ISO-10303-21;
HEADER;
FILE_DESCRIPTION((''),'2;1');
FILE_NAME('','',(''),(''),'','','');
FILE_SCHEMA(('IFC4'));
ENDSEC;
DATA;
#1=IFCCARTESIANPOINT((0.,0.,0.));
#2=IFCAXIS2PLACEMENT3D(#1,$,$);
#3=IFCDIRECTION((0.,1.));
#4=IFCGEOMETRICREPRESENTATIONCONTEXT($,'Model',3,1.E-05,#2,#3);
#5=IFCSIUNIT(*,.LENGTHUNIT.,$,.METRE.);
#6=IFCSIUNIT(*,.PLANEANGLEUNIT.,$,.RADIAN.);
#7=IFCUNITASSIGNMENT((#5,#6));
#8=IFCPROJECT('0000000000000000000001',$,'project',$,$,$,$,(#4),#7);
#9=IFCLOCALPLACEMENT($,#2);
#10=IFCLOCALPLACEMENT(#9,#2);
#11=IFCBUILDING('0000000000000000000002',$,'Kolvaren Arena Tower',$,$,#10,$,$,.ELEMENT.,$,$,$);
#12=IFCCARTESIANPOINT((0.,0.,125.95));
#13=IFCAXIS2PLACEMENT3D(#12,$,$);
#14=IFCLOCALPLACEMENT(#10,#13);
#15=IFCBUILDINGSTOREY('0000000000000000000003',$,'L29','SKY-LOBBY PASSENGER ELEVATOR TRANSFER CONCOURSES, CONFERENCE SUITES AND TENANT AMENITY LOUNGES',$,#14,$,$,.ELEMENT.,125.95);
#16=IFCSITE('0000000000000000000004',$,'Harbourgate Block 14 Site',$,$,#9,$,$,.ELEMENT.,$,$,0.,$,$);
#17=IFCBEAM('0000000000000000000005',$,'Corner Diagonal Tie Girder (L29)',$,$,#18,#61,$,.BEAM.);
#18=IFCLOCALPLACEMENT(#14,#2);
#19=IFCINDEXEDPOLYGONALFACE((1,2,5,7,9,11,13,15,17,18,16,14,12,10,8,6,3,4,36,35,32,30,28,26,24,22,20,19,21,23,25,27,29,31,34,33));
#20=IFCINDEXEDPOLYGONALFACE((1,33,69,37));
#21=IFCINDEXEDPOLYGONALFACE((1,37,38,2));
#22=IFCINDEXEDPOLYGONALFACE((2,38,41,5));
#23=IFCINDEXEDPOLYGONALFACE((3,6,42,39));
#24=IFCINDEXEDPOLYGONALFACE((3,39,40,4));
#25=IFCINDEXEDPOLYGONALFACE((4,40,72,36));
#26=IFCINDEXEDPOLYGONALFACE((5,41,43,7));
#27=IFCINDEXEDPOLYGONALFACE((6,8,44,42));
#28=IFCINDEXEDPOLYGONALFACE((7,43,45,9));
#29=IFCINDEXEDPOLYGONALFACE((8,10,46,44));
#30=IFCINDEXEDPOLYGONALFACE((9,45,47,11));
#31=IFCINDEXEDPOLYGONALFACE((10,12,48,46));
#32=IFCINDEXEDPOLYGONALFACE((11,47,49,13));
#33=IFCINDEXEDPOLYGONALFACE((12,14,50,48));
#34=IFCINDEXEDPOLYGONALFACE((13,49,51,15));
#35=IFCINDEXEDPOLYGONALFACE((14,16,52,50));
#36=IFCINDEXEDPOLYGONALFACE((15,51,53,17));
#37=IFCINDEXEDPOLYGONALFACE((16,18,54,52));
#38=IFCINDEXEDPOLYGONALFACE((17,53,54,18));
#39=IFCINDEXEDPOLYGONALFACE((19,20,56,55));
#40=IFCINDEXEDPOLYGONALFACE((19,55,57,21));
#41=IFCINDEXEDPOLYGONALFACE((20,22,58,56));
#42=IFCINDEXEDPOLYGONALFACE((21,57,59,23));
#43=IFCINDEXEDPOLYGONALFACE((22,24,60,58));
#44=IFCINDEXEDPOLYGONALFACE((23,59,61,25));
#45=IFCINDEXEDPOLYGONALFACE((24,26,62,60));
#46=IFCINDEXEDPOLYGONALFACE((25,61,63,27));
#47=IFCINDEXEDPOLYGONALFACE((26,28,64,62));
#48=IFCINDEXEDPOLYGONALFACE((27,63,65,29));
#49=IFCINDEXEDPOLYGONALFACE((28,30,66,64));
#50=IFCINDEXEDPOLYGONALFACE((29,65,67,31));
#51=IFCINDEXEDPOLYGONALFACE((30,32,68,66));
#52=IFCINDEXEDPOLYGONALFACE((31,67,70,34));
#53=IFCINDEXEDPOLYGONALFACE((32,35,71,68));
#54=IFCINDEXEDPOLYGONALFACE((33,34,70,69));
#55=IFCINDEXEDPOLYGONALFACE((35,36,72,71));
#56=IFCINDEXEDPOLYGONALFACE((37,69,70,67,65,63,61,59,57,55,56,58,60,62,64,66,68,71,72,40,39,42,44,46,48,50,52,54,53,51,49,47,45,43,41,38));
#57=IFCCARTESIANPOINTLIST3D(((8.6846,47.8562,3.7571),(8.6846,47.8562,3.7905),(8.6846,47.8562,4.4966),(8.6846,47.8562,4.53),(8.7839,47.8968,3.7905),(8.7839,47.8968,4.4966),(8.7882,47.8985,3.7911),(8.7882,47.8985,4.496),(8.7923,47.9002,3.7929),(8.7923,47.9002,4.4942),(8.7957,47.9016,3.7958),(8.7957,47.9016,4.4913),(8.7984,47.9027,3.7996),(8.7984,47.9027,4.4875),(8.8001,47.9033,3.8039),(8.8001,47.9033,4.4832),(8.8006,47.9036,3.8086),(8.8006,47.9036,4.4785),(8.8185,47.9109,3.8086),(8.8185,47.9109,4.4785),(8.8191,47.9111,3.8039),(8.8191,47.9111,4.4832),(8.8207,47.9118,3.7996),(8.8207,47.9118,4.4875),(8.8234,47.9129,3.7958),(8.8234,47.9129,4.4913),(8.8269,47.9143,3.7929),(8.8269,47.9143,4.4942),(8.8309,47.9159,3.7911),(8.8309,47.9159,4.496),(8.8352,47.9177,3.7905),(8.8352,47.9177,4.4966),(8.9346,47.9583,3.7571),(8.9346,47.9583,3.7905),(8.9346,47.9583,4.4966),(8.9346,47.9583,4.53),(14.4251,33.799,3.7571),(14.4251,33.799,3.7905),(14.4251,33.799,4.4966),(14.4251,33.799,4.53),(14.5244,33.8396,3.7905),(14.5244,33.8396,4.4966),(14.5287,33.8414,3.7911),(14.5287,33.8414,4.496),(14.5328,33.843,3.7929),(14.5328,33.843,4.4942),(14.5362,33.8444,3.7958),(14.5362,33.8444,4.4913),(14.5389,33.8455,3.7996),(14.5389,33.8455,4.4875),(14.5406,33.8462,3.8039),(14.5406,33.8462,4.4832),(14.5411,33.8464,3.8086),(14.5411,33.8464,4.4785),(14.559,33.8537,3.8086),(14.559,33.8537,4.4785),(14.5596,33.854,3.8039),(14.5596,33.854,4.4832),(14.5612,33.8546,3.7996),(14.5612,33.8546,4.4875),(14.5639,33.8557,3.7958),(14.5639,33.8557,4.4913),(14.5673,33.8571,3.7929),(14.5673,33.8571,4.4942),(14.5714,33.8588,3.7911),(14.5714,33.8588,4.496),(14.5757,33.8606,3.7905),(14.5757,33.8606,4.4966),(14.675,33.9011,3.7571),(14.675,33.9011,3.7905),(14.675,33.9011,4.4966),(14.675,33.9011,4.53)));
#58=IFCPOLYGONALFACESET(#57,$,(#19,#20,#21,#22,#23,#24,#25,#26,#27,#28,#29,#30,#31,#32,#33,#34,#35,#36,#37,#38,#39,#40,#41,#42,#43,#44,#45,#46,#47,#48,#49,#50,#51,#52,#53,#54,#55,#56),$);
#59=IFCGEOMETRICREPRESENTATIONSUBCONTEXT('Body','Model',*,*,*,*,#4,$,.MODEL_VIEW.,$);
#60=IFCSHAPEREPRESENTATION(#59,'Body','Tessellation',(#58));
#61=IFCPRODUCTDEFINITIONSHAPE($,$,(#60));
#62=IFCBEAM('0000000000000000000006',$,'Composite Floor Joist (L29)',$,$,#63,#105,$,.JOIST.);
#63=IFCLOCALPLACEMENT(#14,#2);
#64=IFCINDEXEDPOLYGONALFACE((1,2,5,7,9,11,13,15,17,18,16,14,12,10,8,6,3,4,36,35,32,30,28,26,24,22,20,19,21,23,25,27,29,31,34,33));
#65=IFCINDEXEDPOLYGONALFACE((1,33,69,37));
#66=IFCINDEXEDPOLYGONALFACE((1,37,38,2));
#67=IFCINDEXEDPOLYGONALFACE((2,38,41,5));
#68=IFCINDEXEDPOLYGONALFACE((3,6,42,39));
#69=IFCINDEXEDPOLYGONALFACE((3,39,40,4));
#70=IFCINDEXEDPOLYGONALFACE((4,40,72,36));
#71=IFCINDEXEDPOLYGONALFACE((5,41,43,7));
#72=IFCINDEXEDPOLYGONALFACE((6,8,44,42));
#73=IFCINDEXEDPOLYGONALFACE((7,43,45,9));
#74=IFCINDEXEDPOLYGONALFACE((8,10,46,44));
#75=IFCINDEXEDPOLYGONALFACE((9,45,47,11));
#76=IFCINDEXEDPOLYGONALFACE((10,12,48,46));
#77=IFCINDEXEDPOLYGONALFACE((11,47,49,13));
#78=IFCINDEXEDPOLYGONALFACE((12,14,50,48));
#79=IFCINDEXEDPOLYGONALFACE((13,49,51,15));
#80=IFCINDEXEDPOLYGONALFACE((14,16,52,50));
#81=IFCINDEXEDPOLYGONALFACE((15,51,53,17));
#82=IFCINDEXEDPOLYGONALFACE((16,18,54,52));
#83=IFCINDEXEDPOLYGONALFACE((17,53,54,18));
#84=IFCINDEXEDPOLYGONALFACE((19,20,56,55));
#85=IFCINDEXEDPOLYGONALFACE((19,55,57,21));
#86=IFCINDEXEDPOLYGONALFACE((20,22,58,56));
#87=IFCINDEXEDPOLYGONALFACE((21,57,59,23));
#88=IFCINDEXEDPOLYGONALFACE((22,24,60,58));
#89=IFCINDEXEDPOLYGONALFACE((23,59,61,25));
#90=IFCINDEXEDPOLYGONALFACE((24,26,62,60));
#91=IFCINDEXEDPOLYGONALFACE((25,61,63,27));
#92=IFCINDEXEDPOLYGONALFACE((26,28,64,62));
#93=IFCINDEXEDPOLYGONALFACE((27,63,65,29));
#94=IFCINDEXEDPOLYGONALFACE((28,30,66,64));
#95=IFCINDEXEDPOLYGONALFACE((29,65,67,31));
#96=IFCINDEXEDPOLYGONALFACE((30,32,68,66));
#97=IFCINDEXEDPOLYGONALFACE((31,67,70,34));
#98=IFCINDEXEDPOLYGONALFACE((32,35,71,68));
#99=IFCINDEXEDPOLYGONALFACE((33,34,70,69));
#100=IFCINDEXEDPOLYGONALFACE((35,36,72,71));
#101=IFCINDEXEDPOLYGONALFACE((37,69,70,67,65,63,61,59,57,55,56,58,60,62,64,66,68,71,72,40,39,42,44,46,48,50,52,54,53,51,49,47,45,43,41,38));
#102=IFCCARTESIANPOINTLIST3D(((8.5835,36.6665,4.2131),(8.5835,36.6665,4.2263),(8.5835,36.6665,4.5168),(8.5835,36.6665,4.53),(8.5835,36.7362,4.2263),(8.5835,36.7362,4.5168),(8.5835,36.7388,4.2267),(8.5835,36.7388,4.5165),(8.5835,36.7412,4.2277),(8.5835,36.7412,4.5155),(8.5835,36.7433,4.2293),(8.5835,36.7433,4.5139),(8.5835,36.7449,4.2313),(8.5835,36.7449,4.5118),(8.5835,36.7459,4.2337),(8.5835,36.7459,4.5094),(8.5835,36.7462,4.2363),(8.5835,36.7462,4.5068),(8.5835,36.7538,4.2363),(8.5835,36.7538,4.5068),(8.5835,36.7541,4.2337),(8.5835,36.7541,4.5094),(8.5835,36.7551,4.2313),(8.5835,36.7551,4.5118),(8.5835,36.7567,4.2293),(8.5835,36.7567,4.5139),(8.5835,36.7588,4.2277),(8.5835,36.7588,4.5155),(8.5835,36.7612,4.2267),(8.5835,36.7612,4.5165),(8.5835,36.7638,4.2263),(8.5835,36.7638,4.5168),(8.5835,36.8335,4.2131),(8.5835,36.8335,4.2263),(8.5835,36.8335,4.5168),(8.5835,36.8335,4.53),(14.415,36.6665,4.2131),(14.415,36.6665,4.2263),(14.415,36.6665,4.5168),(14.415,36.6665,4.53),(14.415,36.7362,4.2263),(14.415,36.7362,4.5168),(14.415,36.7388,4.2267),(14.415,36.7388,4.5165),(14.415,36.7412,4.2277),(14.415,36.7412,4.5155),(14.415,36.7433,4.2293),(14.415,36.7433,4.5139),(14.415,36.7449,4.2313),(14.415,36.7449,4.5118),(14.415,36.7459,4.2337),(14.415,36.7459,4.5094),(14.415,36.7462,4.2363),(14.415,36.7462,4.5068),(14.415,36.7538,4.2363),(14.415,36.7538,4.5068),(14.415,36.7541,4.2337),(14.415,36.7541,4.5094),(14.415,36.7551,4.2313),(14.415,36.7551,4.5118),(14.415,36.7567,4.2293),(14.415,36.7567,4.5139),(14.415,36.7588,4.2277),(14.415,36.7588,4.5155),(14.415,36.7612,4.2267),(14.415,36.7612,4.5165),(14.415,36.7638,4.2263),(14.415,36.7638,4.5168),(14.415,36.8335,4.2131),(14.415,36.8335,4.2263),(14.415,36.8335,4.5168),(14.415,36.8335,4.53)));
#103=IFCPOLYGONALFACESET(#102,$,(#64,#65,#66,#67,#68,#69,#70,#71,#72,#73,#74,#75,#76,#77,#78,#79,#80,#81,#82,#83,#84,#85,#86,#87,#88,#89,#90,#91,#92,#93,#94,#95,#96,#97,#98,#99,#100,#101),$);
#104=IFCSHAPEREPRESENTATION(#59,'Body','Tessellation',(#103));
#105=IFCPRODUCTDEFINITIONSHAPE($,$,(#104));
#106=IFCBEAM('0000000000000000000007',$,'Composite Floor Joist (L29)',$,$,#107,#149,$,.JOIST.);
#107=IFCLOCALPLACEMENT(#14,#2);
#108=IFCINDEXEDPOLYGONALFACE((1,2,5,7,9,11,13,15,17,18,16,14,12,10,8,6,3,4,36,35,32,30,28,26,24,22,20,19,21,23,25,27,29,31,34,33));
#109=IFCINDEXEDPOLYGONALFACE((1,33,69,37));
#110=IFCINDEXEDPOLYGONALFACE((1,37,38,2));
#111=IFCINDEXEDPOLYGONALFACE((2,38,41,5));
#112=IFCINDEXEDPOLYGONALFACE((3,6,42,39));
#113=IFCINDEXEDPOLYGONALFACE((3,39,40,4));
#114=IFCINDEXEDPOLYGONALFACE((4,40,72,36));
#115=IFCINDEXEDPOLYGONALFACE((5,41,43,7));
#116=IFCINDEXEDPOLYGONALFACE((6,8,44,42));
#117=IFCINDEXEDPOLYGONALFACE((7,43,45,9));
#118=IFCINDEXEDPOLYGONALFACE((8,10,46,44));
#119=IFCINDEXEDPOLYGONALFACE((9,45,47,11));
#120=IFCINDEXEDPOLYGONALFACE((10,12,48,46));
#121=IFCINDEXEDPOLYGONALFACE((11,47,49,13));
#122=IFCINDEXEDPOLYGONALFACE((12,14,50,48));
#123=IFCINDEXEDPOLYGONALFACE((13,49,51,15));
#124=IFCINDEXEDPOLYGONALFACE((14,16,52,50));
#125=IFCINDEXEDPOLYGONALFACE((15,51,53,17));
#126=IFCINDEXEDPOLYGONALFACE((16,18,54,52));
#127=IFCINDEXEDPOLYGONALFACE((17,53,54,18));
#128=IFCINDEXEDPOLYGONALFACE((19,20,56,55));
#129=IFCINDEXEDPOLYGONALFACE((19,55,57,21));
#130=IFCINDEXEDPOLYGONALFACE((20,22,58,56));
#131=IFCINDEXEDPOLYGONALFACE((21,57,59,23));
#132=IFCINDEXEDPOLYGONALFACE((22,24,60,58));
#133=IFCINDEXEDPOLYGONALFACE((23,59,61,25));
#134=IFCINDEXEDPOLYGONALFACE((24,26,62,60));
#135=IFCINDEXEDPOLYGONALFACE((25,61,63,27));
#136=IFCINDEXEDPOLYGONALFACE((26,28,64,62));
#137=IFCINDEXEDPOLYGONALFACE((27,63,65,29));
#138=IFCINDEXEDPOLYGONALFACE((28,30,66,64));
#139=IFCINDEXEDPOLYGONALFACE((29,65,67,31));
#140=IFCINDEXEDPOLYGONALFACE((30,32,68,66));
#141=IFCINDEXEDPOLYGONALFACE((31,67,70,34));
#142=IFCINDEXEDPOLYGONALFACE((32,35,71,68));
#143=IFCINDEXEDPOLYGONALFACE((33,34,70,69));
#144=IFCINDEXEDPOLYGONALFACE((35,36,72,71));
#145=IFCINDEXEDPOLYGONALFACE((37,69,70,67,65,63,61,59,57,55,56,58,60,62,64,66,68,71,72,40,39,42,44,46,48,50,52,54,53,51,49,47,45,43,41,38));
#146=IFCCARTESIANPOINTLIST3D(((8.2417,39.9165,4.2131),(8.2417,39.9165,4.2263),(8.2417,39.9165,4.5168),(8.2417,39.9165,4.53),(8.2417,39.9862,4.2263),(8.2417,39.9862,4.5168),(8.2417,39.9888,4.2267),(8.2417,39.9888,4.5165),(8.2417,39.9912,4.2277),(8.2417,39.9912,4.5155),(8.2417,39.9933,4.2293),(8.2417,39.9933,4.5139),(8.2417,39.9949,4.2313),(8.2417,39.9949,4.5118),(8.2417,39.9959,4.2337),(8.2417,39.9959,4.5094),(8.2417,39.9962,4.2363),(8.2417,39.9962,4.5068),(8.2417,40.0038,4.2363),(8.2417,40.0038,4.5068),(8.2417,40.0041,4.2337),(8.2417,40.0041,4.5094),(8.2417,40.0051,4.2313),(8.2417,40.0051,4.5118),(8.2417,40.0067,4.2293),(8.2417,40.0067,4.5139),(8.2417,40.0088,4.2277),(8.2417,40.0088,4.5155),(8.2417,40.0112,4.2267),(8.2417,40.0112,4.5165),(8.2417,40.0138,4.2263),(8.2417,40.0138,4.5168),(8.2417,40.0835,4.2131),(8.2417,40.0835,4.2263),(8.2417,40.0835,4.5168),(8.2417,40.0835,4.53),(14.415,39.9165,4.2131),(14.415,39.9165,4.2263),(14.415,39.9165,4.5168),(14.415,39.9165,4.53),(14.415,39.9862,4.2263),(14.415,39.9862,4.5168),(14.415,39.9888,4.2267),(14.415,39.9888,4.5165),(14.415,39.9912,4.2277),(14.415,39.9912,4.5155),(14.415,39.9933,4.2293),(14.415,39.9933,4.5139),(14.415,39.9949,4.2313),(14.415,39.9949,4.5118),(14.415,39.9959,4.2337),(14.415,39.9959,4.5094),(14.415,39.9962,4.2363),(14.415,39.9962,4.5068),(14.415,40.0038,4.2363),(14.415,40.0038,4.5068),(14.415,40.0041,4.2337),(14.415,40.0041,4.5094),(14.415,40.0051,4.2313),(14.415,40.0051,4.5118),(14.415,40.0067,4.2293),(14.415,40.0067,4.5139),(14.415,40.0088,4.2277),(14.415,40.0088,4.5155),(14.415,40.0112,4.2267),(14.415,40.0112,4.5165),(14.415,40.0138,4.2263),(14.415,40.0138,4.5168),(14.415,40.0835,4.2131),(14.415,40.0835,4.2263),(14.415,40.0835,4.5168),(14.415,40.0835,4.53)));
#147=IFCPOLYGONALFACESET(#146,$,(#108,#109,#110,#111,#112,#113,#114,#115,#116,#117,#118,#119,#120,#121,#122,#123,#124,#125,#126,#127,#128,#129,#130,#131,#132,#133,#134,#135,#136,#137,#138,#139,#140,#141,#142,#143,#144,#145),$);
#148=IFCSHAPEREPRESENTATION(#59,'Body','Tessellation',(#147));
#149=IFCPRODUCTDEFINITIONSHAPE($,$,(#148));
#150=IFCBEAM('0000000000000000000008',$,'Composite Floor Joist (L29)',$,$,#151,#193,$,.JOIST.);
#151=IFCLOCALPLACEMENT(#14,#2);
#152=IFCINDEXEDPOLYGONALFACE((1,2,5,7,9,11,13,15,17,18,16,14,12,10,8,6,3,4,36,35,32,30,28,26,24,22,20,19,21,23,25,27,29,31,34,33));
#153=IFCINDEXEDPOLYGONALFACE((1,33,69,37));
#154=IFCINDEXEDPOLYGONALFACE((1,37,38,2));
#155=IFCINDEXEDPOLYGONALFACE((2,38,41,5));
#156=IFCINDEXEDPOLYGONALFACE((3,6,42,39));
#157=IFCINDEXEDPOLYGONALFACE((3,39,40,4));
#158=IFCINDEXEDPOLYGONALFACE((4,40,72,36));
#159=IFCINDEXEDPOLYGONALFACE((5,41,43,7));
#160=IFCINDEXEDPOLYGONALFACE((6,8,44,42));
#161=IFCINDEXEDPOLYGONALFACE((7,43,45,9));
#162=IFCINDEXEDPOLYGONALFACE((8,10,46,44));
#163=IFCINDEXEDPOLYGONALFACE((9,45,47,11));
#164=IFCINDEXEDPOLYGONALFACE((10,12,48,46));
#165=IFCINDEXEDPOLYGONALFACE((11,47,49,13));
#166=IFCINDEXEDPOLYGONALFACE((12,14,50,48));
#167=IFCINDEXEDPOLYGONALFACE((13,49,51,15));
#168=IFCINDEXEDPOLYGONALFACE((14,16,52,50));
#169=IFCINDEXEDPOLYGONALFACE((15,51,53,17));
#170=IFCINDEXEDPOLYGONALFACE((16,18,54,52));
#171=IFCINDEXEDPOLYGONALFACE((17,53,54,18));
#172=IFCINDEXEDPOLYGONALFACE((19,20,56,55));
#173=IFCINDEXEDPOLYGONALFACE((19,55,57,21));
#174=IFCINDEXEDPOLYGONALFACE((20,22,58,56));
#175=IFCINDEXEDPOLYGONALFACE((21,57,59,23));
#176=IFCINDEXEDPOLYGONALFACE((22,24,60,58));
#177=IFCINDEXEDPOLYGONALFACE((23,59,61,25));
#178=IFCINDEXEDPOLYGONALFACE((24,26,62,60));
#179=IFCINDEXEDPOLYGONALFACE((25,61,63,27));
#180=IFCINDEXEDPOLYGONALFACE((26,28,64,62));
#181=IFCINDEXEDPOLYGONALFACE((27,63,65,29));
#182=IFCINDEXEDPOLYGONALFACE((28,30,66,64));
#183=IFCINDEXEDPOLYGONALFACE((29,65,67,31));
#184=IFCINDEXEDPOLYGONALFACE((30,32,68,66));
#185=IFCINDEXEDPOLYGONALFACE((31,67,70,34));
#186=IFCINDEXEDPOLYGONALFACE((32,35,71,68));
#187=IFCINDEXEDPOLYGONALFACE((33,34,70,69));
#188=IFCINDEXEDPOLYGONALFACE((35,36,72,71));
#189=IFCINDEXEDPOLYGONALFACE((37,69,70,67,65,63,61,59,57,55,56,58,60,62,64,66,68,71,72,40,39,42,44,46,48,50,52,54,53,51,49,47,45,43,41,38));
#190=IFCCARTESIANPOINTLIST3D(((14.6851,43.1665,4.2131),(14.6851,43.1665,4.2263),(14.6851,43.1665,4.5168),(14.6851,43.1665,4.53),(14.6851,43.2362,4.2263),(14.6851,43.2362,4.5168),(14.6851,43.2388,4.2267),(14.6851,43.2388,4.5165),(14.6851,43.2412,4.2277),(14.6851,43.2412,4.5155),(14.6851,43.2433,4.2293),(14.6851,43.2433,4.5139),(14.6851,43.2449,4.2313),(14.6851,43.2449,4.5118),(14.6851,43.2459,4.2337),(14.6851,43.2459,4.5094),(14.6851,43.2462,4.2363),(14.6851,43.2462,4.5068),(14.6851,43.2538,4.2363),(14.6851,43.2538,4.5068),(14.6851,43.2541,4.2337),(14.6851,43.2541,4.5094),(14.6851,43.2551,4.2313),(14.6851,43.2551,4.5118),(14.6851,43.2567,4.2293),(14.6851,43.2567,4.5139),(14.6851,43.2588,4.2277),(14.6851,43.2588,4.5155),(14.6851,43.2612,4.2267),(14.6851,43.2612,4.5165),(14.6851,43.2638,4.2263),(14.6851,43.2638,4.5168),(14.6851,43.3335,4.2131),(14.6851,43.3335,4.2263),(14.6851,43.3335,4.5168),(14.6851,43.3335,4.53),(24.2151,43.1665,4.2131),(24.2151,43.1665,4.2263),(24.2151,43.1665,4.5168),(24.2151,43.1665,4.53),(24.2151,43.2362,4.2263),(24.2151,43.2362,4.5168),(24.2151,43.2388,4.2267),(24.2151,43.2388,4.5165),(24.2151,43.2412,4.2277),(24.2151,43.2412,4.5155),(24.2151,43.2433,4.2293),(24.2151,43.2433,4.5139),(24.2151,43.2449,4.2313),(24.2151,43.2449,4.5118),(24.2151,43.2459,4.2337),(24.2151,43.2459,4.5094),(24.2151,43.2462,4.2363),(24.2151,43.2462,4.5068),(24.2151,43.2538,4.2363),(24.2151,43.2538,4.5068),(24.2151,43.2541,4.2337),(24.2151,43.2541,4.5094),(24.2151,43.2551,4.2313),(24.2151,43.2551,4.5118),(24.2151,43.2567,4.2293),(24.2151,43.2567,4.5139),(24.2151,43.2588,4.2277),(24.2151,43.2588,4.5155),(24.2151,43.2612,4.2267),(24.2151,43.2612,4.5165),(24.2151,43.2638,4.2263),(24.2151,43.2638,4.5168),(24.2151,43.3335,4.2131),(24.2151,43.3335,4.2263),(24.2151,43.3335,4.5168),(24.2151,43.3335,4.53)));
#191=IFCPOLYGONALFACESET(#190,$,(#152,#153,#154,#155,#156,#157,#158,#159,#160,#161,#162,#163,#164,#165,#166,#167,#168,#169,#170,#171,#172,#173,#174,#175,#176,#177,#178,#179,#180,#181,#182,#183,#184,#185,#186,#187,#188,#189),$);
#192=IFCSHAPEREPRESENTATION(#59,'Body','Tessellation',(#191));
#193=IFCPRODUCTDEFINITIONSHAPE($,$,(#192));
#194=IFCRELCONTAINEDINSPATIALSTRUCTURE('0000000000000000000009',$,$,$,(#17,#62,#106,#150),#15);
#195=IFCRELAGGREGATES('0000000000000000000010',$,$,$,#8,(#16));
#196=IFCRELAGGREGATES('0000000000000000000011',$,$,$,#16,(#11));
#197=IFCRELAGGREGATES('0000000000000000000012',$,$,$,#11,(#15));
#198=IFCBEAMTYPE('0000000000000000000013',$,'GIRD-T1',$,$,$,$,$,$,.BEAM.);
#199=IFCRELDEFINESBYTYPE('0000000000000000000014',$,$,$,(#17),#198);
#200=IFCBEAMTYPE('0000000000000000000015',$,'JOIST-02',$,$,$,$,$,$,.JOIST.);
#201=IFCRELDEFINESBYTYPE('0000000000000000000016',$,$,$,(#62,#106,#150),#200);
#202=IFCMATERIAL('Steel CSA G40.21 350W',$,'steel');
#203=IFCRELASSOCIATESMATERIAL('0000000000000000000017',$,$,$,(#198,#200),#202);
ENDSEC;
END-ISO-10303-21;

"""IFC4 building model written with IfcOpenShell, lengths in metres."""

from ifc_helpers import new_model, si_unit, direction, frame, origin, origin_2d, place, context, subcontext, project, spatial, i_section, extrude, material, material_profile, profile_set, type_object, element, save


model = new_model("IFC4")

# Units and contexts
model_context = context("Model", 3, precision=1e-05, world=origin(), true_north=direction((0.0, 1.0)))
body_context = subcontext(model_context, "Body", "Model", "MODEL_VIEW")
ifc_project = project(units=[si_unit("LENGTHUNIT", "METRE"), si_unit("PLANEANGLEUNIT", "RADIAN")], contexts=[model_context])

# Site, building, storey
site_placement = place(None, origin())
site = spatial("IfcSite", under=ifc_project, at=site_placement, Name="Harbourgate Block 14 Site", CompositionType="ELEMENT", RefElevation=0.0)
building_placement = place(site_placement, origin())
building = spatial("IfcBuilding", under=site, at=building_placement, Name="Kolvaren Arena Tower", CompositionType="ELEMENT")
storey_placement = place(building_placement, frame((0.0, 0.0, 125.95)))
storey = spatial("IfcBuildingStorey", under=building, at=storey_placement, Name="L29", Description="SKY-LOBBY PASSENGER ELEVATOR TRANSFER CONCOURSES, CONFERENCE SUITES AND TENANT AMENITY LOUNGES", CompositionType="ELEMENT", Elevation=125.95)

# Beams
ifc_material_1 = material(Name="Steel CSA G40.21 350W", Category="steel")
ifc_material_profile_1 = material_profile(ifc_material_1, i_section(OverallWidth=0.27, OverallDepth=0.7729, WebThickness=0.0193, FlangeThickness=0.0334, FilletRadius=0.0181, at=origin_2d()), Name="W760x257")
ifc_profile_set_1 = profile_set([ifc_material_profile_1], Name="Steel CSA G40.21 350W")
beam_type_1 = type_object("IfcBeamType", Name="GIRD-T1", PredefinedType="BEAM", material=ifc_profile_set_1)
beam_1_placement = place(storey_placement, frame((8.8096, 47.9072, 4.1436), z_axis=(0.378059, -0.925781, 0.0), x_axis=(0.925781, 0.378059, 0.0)))
element("IfcBeam", 1, at=beam_1_placement, inside=storey, type_object=beam_type_1, Name="Corner Diagonal Tie Girder (L29)", PredefinedType="BEAM", context=body_context, shape_type="SweptSolid", body=[
    extrude(i_section(OverallWidth=0.27, OverallDepth=0.7729, WebThickness=0.0193, FlangeThickness=0.0334, FilletRadius=0.0181, at=origin_2d()), origin(), (0.0, 0.0, 1.0), 15.1841),
])
ifc_material_profile_2 = material_profile(ifc_material_1, i_section(OverallWidth=0.167, OverallDepth=0.3169, WebThickness=0.0076, FlangeThickness=0.0132, FilletRadius=0.01, at=origin_2d()), Name="W310x52")
ifc_profile_set_2 = profile_set([ifc_material_profile_2], Name="Steel CSA G40.21 350W")
beam_type_2 = type_object("IfcBeamType", Name="JOIST-02", PredefinedType="JOIST", material=ifc_profile_set_2)
beam_2_placement = place(storey_placement, frame((8.5835, 36.75, 4.3716), z_axis=(1.0, 0.0, 0.0), x_axis=(0.0, 1.0, 0.0)))
element("IfcBeam", 2, at=beam_2_placement, inside=storey, type_object=beam_type_2, Name="Composite Floor Joist (L29)", PredefinedType="JOIST", context=body_context, shape_type="SweptSolid", body=[
    extrude(i_section(OverallWidth=0.167, OverallDepth=0.3169, WebThickness=0.0076, FlangeThickness=0.0132, FilletRadius=0.01, at=origin_2d()), origin(), (0.0, 0.0, 1.0), 5.8315),
])
beam_3_placement = place(storey_placement, frame((8.2417, 40.0, 4.3716), z_axis=(1.0, 0.0, 0.0), x_axis=(0.0, 1.0, 0.0)))
element("IfcBeam", 3, at=beam_3_placement, inside=storey, type_object=beam_type_2, Name="Composite Floor Joist (L29)", PredefinedType="JOIST", context=body_context, shape_type="SweptSolid", body=[
    extrude(i_section(OverallWidth=0.167, OverallDepth=0.3169, WebThickness=0.0076, FlangeThickness=0.0132, FilletRadius=0.01, at=origin_2d()), origin(), (0.0, 0.0, 1.0), 6.1733),
])
beam_4_placement = place(storey_placement, frame((14.6851, 43.25, 4.3716), z_axis=(1.0, 0.0, 0.0), x_axis=(0.0, 1.0, 0.0)))
element("IfcBeam", 4, at=beam_4_placement, inside=storey, type_object=beam_type_2, Name="Composite Floor Joist (L29)", PredefinedType="JOIST", context=body_context, shape_type="SweptSolid", body=[
    extrude(i_section(OverallWidth=0.167, OverallDepth=0.3169, WebThickness=0.0076, FlangeThickness=0.0132, FilletRadius=0.01, at=origin_2d()), origin(), (0.0, 0.0, 1.0), 9.53),
])

save(model, "model.ifc")
